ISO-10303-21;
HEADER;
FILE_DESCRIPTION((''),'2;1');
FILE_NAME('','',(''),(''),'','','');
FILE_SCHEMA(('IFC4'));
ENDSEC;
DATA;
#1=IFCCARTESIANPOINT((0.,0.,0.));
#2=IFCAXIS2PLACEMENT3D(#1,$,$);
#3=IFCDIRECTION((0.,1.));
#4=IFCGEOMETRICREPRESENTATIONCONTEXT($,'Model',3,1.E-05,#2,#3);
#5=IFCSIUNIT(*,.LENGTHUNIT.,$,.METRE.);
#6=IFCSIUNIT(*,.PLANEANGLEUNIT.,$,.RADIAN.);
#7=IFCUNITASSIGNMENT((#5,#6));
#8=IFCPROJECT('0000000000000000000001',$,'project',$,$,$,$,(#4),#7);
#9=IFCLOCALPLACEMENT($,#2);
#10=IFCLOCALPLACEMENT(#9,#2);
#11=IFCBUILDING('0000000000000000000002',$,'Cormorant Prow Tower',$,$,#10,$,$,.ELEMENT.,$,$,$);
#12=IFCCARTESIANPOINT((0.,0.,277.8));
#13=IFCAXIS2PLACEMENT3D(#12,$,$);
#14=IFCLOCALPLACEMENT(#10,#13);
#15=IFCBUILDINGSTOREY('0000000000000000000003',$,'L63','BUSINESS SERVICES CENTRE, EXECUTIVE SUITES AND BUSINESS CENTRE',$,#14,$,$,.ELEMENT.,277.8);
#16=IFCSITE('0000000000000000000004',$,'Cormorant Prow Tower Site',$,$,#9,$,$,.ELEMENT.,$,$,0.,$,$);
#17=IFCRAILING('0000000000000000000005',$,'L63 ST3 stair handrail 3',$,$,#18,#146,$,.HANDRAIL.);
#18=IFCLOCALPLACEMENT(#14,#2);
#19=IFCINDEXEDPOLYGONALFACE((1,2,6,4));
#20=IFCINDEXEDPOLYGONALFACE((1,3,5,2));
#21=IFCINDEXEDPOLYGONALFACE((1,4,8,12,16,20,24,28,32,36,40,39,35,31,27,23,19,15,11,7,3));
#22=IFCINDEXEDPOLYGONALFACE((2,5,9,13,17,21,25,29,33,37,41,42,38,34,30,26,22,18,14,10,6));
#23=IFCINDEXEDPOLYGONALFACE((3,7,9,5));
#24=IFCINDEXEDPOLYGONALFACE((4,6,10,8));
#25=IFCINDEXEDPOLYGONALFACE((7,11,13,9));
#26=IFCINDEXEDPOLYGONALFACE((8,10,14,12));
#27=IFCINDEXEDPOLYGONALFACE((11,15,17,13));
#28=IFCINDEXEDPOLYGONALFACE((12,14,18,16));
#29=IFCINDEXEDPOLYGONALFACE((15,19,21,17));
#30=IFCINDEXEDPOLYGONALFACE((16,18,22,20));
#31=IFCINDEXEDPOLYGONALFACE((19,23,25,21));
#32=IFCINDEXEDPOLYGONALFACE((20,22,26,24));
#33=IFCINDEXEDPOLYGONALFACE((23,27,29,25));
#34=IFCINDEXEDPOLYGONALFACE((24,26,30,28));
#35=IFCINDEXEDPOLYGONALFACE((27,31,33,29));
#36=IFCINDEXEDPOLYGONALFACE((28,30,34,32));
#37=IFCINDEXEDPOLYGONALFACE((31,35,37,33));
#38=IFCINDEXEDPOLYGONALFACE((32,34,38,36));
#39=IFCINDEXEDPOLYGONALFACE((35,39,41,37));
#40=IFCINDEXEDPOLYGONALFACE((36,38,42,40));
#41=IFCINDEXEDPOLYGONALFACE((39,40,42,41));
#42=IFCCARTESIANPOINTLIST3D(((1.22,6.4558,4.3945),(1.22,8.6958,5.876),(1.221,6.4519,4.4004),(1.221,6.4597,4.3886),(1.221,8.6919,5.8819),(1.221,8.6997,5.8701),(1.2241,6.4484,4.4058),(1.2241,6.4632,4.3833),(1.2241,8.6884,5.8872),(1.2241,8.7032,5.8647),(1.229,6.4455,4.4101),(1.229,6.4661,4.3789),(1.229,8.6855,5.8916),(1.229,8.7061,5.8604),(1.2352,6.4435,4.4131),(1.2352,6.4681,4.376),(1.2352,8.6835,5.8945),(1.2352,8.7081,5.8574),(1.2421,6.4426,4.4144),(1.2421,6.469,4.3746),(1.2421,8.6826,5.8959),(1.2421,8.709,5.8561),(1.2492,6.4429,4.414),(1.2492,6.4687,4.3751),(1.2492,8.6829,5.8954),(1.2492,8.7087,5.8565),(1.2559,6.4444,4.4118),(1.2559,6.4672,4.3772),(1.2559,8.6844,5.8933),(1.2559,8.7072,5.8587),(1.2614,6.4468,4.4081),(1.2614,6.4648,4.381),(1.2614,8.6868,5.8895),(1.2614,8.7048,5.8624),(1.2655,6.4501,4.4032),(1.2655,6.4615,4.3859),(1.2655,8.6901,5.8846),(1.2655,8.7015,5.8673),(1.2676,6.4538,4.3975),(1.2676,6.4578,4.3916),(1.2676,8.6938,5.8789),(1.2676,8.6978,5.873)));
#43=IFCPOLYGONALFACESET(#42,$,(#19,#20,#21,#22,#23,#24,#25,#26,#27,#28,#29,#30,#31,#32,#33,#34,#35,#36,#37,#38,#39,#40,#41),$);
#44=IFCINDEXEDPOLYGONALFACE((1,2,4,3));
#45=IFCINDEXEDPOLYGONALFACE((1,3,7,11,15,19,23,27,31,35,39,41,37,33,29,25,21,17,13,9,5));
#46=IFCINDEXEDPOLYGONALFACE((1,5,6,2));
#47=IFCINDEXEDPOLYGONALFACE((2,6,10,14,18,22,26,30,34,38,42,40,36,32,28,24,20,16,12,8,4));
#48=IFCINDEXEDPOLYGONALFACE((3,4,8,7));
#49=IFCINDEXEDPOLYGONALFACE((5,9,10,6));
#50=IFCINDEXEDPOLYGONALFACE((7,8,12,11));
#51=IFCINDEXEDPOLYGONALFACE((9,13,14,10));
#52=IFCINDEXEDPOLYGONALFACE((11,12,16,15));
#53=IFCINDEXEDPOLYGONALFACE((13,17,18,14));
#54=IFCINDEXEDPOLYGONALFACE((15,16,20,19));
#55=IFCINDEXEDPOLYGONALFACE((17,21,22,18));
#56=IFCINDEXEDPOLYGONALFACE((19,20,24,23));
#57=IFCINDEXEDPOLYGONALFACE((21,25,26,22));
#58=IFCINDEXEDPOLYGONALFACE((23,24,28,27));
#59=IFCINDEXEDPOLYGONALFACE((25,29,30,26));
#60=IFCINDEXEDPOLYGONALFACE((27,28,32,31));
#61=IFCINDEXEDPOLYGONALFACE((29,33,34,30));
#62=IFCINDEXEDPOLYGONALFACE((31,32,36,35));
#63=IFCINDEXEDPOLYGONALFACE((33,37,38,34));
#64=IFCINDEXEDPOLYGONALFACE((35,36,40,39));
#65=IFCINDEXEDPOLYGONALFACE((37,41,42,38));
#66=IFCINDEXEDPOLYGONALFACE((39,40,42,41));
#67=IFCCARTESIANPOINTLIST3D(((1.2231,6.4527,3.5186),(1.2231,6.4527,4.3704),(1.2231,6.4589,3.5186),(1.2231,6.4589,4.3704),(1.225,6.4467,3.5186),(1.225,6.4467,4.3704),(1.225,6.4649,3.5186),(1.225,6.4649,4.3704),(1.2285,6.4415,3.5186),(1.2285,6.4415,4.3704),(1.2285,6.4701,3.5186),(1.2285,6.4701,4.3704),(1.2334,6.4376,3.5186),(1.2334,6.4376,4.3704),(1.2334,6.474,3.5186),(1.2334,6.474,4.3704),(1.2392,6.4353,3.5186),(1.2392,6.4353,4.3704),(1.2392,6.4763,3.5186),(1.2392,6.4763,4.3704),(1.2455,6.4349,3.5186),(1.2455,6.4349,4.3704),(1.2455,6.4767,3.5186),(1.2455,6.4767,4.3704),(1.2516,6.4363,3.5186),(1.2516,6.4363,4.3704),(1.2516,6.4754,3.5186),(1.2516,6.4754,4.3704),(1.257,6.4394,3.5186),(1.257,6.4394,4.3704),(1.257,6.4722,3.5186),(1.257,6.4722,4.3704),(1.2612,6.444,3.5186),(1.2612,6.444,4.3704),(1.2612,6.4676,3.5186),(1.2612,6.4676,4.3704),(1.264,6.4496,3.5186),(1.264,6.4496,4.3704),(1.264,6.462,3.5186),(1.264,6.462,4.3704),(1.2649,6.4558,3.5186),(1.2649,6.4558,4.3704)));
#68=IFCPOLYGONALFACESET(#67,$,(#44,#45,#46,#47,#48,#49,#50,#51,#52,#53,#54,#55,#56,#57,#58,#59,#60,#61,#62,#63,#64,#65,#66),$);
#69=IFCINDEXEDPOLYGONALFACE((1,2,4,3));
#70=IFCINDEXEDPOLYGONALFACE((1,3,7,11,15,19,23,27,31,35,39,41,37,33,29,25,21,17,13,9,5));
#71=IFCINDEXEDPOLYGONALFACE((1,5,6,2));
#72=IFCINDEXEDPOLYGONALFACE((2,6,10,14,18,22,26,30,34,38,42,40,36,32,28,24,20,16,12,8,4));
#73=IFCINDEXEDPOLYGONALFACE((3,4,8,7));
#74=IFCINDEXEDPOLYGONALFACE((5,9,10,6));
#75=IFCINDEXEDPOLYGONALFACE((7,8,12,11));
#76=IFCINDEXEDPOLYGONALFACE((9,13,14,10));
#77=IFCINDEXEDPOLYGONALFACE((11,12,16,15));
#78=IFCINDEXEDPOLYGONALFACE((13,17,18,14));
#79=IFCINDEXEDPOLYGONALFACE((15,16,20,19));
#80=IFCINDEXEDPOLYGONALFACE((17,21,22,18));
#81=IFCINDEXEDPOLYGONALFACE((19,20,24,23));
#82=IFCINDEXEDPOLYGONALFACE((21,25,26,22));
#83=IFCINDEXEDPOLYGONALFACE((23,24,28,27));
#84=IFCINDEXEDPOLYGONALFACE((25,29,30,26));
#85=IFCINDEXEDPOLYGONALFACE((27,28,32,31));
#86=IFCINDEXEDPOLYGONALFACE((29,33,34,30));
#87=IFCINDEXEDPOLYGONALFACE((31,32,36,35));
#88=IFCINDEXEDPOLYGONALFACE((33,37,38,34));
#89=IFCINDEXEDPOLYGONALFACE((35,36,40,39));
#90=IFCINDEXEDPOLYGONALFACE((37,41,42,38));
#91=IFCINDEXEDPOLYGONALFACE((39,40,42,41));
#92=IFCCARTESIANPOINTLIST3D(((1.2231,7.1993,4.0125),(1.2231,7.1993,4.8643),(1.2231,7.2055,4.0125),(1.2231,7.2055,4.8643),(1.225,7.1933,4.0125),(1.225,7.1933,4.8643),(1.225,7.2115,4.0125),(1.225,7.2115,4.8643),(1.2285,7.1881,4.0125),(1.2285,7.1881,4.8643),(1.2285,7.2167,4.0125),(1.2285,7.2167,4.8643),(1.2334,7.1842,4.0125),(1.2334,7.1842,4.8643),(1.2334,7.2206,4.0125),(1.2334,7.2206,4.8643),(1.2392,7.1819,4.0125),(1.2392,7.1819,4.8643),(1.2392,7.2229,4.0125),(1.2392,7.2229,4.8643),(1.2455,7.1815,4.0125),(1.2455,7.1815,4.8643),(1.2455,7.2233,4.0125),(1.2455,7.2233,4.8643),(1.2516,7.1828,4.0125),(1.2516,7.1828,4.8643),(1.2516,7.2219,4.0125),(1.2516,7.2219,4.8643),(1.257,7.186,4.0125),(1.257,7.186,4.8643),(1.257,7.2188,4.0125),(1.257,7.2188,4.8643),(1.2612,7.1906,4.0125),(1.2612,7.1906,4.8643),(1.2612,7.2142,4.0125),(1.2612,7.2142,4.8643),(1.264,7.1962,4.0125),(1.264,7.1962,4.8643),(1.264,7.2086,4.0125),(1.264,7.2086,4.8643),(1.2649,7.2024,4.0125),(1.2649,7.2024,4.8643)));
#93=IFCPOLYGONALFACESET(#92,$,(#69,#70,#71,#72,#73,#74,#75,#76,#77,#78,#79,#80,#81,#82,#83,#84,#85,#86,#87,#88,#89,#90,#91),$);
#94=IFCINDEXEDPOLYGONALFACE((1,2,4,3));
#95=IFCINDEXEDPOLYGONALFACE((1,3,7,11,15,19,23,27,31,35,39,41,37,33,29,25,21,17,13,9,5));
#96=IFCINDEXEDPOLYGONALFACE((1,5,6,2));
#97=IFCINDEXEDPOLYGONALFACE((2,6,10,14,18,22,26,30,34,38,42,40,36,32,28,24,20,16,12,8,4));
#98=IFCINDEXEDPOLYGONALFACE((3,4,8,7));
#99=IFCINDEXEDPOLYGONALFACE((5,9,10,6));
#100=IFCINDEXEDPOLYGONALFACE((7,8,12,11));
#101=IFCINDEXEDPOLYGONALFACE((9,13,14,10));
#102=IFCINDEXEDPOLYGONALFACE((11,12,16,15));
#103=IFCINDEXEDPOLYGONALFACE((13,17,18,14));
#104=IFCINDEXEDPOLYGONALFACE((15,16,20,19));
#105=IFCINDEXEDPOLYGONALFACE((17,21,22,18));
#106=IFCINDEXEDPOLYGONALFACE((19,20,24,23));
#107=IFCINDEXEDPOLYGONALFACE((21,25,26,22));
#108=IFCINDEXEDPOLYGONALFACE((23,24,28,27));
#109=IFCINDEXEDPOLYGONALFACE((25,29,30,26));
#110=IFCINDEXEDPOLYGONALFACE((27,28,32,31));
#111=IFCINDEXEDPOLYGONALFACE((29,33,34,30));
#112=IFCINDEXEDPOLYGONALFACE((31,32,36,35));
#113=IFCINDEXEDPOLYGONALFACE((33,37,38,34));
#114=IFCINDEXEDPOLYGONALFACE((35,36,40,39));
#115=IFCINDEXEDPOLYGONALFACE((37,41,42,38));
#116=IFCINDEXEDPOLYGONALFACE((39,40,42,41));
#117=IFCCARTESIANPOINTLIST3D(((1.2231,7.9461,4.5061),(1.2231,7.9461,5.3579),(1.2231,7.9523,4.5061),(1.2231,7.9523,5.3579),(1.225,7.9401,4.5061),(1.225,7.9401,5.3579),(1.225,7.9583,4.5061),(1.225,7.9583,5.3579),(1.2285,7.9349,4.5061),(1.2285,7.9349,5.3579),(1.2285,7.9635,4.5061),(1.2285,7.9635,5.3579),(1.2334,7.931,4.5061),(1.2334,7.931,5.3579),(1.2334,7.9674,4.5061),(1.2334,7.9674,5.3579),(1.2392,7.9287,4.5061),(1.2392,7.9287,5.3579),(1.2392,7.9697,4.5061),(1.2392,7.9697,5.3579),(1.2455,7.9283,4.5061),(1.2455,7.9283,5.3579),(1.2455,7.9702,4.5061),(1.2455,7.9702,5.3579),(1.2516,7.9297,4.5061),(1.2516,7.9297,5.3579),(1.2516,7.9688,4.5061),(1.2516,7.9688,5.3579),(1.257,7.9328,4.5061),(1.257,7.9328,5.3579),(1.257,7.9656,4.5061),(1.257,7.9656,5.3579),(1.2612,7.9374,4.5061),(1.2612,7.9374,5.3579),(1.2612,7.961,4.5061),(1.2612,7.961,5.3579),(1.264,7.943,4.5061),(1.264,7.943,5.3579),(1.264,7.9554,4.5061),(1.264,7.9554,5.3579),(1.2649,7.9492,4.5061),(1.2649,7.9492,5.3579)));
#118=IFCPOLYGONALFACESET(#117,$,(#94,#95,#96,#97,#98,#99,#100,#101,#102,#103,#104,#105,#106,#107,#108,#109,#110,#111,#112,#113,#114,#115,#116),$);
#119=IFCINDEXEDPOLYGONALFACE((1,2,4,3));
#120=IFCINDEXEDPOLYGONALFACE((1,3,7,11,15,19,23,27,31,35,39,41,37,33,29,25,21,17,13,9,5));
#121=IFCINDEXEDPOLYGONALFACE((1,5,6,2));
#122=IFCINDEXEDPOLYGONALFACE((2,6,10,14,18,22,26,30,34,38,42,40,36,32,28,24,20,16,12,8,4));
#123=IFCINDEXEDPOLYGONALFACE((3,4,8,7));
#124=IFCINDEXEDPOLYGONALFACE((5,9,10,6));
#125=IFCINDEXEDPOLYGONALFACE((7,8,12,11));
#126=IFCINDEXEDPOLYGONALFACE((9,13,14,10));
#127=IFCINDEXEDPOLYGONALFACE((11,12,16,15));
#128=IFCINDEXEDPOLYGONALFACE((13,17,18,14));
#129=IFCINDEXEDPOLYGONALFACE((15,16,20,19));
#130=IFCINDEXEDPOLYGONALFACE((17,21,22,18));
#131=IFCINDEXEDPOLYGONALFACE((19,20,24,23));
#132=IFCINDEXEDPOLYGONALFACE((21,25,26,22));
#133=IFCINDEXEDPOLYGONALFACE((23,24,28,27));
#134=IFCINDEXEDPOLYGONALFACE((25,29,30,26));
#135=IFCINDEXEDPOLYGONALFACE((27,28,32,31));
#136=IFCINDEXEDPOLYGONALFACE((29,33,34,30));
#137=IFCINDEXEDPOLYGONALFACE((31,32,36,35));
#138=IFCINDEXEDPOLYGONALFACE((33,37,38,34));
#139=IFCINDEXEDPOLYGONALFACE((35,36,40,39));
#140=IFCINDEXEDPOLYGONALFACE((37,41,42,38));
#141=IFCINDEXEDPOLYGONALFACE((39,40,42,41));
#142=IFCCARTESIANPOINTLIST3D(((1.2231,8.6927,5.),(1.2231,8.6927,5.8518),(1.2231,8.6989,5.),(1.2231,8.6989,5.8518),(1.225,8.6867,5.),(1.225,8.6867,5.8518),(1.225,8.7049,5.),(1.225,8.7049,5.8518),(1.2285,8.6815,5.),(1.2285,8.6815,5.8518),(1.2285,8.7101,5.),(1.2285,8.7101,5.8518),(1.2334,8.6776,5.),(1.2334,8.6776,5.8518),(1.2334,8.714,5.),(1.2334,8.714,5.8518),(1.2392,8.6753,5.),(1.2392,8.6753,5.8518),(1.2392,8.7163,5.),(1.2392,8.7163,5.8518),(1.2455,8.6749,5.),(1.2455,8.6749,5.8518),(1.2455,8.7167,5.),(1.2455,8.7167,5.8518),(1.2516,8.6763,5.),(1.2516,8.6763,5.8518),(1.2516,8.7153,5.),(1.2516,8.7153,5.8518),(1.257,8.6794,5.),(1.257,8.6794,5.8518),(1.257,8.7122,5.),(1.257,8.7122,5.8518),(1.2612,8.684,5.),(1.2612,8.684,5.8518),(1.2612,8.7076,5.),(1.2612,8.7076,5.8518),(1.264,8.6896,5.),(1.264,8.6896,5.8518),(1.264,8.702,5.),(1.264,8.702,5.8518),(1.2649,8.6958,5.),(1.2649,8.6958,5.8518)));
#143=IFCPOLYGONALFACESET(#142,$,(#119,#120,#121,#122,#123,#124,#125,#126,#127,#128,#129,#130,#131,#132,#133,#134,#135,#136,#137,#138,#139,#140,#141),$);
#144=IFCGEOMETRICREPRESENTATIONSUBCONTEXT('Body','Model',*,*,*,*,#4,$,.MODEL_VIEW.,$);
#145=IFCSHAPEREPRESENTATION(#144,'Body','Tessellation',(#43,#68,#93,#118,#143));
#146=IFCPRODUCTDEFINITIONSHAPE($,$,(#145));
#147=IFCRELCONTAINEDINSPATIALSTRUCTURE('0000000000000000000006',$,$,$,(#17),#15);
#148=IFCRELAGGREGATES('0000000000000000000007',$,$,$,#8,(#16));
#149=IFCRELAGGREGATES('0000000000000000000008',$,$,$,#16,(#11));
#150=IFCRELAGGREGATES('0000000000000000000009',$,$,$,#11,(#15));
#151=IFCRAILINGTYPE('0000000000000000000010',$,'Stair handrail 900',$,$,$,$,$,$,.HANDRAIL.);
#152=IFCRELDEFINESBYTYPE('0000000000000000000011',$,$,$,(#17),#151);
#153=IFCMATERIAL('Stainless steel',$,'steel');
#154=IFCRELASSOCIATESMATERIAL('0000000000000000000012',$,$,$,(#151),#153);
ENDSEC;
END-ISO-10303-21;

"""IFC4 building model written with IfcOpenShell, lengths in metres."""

from ifc_helpers import new_model, si_unit, direction, frame, origin, origin_2d, place, context, subcontext, project, spatial, circle, extrude, material, type_object, element, save


model = new_model("IFC4")

# Units and contexts
model_context = context("Model", 3, precision=1e-05, world=origin(), true_north=direction((0.0, 1.0)))
body_context = subcontext(model_context, "Body", "Model", "MODEL_VIEW")
ifc_project = project(units=[si_unit("LENGTHUNIT", "METRE"), si_unit("PLANEANGLEUNIT", "RADIAN")], contexts=[model_context])

# Site, building, storey
site_placement = place(None, origin())
site = spatial("IfcSite", under=ifc_project, at=site_placement, Name="Cormorant Prow Tower Site", CompositionType="ELEMENT", RefElevation=0.0)
building_placement = place(site_placement, origin())
building = spatial("IfcBuilding", under=site, at=building_placement, Name="Cormorant Prow Tower", CompositionType="ELEMENT")
storey_placement = place(building_placement, frame((0.0, 0.0, 277.8)))
storey = spatial("IfcBuildingStorey", under=building, at=storey_placement, Name="L63", Description="BUSINESS SERVICES CENTRE, EXECUTIVE SUITES AND BUSINESS CENTRE", CompositionType="ELEMENT", Elevation=277.8)

# Railing
ifc_material_1 = material(Name="Stainless steel", Category="steel")
railing_type_1 = type_object("IfcRailingType", Name="Stair handrail 900", PredefinedType="HANDRAIL", material=ifc_material_1)
for number, where, name in (
    (1, (1.2439, 6.4558, 3.5186), "L63 ST3 stair handrail 3"),
):
    element("IfcRailing", number, at=place(storey_placement, frame(where)), inside=storey, type_object=railing_type_1, Name=name, PredefinedType="HANDRAIL", context=body_context, shape_type="SweptSolid", body=[
        extrude(circle(Radius=0.0239, at=origin_2d()), frame((0.0, 0.0, 0.876), z_axis=(0.0, 0.834087, 0.551634), x_axis=(-1.0, 0.0, 0.0)), (0.0, 0.0, 1.0), 2.6855),
        extrude(circle(Radius=0.021, at=origin_2d()), origin(), (0.0, 0.0, 1.0), 0.8518),
        extrude(circle(Radius=0.021, at=origin_2d()), frame((0.0, 0.7466, 0.4939)), (0.0, 0.0, 1.0), 0.8518),
        extrude(circle(Radius=0.021, at=origin_2d()), frame((0.0, 1.4934, 0.9875)), (0.0, 0.0, 1.0), 0.8518),
        extrude(circle(Radius=0.021, at=origin_2d()), frame((0.0, 2.24, 1.4814)), (0.0, 0.0, 1.0), 0.8518),
    ])

save(model, "model.ifc")
